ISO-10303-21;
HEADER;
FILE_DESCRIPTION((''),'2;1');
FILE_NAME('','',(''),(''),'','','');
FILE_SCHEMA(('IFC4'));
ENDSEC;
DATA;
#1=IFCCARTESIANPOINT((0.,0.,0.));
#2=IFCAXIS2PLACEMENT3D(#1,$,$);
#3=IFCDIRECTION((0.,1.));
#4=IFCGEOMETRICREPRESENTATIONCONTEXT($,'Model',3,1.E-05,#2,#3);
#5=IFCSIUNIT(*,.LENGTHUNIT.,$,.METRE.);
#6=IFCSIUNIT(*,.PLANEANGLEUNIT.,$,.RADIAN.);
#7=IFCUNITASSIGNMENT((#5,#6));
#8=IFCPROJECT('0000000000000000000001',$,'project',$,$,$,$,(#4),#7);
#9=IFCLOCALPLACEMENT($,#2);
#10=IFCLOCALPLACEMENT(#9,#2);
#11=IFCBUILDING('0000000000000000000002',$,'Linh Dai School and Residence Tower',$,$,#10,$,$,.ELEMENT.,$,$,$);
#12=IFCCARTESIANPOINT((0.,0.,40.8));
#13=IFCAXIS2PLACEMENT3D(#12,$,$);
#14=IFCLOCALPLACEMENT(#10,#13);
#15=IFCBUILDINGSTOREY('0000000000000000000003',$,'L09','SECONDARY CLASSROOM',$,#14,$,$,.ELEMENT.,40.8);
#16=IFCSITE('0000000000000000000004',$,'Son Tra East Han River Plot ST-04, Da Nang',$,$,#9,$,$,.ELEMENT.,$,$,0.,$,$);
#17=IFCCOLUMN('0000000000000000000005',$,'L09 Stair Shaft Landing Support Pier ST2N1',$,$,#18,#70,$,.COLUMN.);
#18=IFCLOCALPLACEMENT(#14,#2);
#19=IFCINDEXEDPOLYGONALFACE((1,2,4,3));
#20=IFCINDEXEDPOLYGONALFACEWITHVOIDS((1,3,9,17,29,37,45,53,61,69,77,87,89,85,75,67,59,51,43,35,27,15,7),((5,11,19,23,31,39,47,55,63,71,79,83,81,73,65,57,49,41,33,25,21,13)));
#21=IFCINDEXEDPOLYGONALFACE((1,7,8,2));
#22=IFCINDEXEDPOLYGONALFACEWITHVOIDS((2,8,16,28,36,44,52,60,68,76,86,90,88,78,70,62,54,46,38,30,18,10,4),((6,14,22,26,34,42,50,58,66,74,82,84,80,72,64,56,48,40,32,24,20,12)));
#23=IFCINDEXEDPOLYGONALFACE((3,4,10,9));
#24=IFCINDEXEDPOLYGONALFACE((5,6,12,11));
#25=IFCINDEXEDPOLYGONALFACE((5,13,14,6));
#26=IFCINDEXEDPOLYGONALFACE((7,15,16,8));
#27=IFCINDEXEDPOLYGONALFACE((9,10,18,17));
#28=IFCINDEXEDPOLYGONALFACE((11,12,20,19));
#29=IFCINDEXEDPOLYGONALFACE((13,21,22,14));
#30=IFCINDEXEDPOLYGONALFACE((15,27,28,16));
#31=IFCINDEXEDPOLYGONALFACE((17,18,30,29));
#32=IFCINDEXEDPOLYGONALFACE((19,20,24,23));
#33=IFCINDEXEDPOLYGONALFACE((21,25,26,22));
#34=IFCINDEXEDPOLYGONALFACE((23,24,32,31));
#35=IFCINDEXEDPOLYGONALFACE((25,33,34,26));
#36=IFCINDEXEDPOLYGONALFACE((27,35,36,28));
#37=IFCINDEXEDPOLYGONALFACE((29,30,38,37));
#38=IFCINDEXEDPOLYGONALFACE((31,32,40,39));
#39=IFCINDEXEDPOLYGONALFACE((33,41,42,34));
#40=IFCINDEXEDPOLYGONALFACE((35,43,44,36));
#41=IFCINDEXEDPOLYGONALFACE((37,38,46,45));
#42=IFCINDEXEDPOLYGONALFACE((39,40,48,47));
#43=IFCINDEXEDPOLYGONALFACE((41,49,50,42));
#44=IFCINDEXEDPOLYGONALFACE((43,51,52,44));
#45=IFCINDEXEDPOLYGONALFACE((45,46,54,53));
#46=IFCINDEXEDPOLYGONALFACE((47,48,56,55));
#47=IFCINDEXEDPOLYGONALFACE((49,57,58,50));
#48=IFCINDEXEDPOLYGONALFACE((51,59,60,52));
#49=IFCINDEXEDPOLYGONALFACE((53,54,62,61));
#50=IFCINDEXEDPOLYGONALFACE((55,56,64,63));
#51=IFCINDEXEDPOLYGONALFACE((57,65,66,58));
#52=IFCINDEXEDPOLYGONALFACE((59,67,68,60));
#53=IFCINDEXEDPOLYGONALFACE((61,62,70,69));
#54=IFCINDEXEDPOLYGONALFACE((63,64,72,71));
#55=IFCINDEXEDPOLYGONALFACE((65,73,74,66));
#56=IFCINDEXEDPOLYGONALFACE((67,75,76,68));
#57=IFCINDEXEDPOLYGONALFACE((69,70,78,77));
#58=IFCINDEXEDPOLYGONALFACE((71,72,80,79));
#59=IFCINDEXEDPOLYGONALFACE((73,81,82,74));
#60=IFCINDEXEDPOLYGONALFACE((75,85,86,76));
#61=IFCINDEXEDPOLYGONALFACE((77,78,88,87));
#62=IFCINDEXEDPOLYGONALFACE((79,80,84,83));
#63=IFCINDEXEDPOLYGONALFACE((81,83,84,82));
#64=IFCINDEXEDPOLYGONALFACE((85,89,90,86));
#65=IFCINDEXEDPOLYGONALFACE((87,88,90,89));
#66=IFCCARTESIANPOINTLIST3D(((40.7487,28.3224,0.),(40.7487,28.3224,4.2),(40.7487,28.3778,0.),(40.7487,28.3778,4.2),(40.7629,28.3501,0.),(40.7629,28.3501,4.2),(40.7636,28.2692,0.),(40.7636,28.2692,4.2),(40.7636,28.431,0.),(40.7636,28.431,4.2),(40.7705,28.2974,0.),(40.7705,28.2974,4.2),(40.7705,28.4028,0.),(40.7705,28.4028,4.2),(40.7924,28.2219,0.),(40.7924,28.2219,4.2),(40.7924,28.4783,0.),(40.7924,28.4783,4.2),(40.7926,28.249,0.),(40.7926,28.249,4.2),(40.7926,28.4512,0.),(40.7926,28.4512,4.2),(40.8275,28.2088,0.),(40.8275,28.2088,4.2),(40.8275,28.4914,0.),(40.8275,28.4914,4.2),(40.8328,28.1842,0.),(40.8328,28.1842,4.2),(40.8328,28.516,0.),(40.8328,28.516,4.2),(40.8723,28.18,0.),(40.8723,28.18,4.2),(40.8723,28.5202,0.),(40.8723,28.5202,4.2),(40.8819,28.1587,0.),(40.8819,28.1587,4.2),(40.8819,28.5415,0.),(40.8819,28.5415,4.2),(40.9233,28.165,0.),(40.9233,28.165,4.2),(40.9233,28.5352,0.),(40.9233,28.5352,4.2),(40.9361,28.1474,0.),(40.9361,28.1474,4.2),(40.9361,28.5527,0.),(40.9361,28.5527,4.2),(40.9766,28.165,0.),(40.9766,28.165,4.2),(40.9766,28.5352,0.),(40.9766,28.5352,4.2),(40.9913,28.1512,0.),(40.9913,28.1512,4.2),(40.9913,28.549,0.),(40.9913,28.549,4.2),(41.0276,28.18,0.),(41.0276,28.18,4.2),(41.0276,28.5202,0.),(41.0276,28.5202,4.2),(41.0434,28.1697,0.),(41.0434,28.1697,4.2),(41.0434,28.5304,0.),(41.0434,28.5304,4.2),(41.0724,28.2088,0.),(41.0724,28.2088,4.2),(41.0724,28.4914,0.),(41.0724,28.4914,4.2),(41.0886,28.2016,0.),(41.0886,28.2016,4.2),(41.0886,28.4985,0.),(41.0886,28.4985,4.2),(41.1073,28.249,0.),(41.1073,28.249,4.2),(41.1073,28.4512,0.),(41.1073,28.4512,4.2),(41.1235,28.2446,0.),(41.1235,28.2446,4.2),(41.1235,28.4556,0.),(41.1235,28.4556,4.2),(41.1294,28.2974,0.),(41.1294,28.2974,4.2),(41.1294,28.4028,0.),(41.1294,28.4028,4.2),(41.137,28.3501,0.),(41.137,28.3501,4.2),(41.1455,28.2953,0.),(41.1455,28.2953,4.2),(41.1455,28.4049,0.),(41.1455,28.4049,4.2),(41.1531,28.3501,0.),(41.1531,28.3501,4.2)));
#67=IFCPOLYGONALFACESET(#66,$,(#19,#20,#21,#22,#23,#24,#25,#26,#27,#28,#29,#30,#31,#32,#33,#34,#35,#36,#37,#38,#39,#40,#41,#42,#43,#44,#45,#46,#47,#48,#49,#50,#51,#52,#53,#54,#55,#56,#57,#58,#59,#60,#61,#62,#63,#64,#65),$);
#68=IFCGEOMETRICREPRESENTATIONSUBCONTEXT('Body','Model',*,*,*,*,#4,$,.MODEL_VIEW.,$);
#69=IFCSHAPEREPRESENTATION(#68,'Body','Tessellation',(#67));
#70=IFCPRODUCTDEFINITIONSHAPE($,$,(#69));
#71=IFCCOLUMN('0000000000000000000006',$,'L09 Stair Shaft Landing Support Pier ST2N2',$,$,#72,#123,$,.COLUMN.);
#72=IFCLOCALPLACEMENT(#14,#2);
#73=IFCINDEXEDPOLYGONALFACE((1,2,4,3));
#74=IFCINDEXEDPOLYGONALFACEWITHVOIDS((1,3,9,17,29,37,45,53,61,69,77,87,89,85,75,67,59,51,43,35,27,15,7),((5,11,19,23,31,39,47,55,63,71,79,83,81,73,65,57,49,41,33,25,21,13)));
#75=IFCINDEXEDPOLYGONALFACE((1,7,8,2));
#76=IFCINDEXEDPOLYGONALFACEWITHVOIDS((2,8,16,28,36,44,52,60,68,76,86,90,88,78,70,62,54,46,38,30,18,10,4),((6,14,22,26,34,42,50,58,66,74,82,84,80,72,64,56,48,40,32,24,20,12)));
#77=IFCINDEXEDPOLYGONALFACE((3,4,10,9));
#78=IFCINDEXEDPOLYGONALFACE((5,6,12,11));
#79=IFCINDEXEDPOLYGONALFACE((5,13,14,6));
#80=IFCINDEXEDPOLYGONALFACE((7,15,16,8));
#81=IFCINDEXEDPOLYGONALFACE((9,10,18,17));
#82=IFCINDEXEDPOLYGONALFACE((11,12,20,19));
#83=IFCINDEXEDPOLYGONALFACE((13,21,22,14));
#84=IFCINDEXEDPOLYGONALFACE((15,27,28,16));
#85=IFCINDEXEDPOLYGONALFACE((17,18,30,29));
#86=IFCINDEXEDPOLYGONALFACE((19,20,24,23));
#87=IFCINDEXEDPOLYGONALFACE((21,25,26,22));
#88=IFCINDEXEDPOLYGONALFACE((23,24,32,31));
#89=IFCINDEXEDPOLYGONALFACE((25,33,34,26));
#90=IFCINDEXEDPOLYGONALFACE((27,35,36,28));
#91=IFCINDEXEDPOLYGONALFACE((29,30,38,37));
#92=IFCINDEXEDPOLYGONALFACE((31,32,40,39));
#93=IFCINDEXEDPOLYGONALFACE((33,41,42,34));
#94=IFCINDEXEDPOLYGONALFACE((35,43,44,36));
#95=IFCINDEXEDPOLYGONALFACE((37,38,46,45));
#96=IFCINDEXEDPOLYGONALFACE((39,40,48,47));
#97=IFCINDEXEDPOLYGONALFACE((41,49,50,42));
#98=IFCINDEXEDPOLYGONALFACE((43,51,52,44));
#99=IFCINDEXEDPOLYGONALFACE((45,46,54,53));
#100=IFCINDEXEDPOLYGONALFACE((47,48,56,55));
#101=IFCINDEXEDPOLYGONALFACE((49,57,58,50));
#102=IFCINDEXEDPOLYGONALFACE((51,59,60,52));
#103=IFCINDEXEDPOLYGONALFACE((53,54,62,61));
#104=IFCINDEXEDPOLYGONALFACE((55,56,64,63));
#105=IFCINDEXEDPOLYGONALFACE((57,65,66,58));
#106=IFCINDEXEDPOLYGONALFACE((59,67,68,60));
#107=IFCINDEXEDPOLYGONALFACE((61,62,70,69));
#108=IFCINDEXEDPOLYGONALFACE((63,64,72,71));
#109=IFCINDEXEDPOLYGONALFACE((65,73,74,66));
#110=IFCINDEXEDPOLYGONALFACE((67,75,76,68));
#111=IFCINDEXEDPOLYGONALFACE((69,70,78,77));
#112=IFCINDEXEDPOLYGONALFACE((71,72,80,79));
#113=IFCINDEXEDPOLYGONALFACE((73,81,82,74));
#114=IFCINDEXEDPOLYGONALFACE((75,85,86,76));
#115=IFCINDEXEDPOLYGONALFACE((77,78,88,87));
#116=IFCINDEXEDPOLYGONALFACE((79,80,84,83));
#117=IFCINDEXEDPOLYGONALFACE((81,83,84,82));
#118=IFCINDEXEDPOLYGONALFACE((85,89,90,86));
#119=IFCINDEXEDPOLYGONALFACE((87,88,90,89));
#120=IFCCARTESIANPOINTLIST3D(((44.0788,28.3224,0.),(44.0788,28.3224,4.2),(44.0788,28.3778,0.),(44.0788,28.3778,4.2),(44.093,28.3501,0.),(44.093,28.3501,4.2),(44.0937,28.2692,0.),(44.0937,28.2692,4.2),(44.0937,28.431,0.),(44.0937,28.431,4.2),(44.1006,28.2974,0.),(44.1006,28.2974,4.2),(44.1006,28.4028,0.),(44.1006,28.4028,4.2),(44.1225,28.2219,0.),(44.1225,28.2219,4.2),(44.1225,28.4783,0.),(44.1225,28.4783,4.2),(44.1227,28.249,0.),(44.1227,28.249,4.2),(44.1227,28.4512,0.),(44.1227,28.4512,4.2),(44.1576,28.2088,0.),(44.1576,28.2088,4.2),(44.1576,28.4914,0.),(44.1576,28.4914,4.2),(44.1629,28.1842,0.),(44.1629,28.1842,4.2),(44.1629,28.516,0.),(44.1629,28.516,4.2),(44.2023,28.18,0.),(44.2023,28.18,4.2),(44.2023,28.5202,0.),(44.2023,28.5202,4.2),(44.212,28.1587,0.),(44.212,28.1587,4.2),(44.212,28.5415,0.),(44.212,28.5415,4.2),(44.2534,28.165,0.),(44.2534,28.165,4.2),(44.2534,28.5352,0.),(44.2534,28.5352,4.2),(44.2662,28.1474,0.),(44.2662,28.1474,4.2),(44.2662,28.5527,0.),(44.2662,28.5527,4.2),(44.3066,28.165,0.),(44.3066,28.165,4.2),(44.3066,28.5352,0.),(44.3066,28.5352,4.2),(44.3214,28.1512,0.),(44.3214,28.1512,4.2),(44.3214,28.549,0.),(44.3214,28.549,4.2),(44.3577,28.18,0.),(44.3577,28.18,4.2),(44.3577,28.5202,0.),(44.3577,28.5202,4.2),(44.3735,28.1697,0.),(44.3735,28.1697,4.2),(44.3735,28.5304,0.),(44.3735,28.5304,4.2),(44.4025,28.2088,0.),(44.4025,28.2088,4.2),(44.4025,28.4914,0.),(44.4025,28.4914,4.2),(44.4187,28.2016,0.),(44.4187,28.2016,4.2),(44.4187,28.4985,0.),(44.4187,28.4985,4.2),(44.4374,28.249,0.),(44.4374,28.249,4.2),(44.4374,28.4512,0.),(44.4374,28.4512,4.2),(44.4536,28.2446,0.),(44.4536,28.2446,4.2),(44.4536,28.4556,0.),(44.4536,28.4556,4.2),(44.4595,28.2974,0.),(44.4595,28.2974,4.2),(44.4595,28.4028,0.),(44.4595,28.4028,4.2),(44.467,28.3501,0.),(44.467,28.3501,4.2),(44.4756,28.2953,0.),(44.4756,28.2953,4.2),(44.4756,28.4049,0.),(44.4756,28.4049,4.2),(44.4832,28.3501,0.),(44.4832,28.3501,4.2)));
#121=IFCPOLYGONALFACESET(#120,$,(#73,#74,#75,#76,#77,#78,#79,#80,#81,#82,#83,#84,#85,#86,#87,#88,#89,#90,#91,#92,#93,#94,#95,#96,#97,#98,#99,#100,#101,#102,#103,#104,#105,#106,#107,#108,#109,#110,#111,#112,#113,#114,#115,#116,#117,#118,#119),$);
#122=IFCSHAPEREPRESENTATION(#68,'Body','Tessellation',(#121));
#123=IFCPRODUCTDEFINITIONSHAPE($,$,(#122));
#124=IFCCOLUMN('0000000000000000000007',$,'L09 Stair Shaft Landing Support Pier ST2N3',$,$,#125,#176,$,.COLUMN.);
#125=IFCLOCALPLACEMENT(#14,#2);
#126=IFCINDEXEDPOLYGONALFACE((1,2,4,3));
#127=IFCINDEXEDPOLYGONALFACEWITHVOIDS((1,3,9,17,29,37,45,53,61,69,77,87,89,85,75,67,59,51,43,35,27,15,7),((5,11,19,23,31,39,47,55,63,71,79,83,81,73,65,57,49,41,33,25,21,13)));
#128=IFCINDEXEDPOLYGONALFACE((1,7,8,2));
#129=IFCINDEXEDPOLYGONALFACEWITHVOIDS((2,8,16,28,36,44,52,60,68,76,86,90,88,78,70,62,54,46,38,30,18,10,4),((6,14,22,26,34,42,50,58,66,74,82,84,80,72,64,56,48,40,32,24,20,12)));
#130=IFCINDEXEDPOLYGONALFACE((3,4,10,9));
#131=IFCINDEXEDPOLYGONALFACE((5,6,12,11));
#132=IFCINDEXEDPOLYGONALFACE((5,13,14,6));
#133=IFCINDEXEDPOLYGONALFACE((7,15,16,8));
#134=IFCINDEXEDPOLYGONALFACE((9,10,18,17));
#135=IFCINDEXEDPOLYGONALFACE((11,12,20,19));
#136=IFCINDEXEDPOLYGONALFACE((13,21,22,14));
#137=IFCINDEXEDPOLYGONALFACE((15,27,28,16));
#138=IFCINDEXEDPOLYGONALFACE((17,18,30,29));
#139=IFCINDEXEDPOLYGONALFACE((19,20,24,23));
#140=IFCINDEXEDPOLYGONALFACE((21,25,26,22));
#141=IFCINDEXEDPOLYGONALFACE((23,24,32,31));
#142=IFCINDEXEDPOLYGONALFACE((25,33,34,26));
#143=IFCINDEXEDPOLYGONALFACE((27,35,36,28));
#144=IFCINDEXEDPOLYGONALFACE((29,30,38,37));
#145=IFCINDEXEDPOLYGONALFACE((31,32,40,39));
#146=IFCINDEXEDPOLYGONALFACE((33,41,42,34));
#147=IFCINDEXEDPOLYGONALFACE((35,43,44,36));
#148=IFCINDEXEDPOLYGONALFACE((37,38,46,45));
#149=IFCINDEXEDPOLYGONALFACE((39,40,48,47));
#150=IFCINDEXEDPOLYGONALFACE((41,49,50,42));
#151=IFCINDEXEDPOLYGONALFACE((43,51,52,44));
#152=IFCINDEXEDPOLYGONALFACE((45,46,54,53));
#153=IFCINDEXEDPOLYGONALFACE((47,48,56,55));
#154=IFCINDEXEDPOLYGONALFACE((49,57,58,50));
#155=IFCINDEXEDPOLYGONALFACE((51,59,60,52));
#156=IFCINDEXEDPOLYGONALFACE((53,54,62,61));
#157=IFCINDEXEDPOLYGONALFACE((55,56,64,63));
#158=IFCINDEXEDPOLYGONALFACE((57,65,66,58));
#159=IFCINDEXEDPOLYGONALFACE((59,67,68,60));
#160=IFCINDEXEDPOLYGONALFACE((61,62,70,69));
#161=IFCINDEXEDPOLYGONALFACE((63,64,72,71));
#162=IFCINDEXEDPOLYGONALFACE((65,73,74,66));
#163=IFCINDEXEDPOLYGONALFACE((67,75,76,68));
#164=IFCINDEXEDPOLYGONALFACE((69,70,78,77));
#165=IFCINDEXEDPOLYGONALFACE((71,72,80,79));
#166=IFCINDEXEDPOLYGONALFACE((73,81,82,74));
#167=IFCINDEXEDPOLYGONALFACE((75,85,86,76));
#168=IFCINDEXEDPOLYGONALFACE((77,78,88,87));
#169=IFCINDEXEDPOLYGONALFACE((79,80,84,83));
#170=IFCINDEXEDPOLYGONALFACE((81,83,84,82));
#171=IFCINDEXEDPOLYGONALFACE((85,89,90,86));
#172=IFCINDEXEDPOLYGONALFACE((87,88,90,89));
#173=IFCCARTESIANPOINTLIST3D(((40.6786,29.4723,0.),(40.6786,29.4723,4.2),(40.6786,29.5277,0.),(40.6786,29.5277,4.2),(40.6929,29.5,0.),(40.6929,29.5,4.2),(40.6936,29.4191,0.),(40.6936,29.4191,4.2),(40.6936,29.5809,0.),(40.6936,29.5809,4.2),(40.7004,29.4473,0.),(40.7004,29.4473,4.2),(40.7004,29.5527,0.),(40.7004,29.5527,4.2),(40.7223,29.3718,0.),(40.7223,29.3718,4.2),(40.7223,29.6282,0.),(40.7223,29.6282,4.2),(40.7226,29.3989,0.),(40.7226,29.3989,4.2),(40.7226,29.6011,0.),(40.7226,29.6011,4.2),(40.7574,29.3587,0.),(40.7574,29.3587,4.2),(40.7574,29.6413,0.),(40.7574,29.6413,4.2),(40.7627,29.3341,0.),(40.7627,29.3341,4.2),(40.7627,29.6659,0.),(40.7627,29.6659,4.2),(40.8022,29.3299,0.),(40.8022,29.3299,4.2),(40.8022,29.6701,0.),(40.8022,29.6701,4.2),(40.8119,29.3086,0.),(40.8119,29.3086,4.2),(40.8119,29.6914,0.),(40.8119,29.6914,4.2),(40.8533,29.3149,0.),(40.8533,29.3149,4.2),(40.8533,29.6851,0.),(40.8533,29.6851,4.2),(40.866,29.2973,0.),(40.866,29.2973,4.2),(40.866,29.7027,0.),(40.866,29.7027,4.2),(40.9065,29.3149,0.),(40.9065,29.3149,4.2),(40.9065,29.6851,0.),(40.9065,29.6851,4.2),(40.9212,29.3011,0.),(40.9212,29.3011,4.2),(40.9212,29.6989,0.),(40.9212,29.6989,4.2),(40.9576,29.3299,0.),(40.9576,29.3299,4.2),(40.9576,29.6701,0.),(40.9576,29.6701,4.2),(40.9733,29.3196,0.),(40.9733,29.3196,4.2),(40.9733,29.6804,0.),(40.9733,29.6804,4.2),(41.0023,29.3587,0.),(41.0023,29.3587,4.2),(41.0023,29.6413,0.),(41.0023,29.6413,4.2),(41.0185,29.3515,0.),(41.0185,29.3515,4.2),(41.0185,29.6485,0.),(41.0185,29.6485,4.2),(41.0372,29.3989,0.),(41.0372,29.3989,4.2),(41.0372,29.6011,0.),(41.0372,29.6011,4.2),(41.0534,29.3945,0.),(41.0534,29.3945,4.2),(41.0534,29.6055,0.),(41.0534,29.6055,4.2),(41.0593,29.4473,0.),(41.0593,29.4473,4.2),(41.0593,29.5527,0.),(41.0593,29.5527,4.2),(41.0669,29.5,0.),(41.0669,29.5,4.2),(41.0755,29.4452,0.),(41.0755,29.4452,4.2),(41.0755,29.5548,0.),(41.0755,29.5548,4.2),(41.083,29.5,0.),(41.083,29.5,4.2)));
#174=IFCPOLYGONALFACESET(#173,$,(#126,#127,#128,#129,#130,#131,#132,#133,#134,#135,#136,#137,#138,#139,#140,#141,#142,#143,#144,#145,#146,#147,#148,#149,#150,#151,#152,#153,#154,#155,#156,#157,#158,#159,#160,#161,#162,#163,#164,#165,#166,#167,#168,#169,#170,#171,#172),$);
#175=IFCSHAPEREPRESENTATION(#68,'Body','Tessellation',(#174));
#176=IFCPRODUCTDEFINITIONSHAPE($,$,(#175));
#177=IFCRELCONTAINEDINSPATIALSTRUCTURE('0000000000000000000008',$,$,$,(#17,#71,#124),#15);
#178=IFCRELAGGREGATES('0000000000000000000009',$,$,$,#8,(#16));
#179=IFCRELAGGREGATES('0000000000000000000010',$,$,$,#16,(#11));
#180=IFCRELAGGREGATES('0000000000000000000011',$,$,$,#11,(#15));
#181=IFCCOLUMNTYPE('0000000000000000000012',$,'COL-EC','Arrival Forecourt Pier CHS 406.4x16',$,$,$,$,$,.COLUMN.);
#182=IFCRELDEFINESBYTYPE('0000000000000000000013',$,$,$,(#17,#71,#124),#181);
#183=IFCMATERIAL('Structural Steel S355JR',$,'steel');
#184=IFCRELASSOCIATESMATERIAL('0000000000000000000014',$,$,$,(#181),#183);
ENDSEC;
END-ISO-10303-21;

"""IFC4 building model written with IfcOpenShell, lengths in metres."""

from ifc_helpers import new_model, si_unit, direction, frame, origin, origin_2d, place, context, subcontext, project, spatial, hollow_circle, extrude, material, material_profile, profile_set, type_object, element, save


model = new_model("IFC4")

# Units and contexts
model_context = context("Model", 3, precision=1e-05, world=origin(), true_north=direction((0.0, 1.0)))
body_context = subcontext(model_context, "Body", "Model", "MODEL_VIEW")
ifc_project = project(units=[si_unit("LENGTHUNIT", "METRE"), si_unit("PLANEANGLEUNIT", "RADIAN")], contexts=[model_context])

# Site, building, storey
site_placement = place(None, origin())
site = spatial("IfcSite", under=ifc_project, at=site_placement, Name="Son Tra East Han River Plot ST-04, Da Nang", CompositionType="ELEMENT", RefElevation=0.0)
building_placement = place(site_placement, origin())
building = spatial("IfcBuilding", under=site, at=building_placement, Name="Linh Dai School and Residence Tower", CompositionType="ELEMENT")
storey_placement = place(building_placement, frame((0.0, 0.0, 40.8)))
storey = spatial("IfcBuildingStorey", under=building, at=storey_placement, Name="L09", Description="SECONDARY CLASSROOM", CompositionType="ELEMENT", Elevation=40.8)

# Columns
ifc_material_1 = material(Name="Structural Steel S355JR", Category="steel")
ifc_material_profile_1 = material_profile(ifc_material_1, hollow_circle(Radius=0.2031, WallThickness=0.0161, at=origin_2d()), Name="CHS 406.4x16")
ifc_profile_set_1 = profile_set([ifc_material_profile_1], Name="Structural Steel S355JR")
column_type_1 = type_object("IfcColumnType", Name="COL-EC", Description="Arrival Forecourt Pier CHS 406.4x16", PredefinedType="COLUMN", material=ifc_profile_set_1)
for number, where, z_axis, x_axis, name in (
    (1, (40.95, 28.3501, 0.0), (0.0, 0.0, 1.0), (1.0, 0.0, 0.0), "L09 Stair Shaft Landing Support Pier ST2N1"),
    (2, (44.28, 28.3501, 0.0), (0.0, 0.0, 1.0), (1.0, 0.0, 0.0), "L09 Stair Shaft Landing Support Pier ST2N2"),
    (3, (40.8799, 29.5, 0.0), (0.0, 0.0, 1.0), (1.0, 0.0, 0.0), "L09 Stair Shaft Landing Support Pier ST2N3"),
):
    element("IfcColumn", number, at=place(storey_placement, frame(where, z_axis=z_axis, x_axis=x_axis)), inside=storey, type_object=column_type_1, Name=name, PredefinedType="COLUMN", context=body_context, shape_type="SweptSolid", body=[
        extrude(hollow_circle(Radius=0.2031, WallThickness=0.0161, at=origin_2d()), origin(), (0.0, 0.0, 1.0), 4.2),
    ])

save(model, "model.ifc")
